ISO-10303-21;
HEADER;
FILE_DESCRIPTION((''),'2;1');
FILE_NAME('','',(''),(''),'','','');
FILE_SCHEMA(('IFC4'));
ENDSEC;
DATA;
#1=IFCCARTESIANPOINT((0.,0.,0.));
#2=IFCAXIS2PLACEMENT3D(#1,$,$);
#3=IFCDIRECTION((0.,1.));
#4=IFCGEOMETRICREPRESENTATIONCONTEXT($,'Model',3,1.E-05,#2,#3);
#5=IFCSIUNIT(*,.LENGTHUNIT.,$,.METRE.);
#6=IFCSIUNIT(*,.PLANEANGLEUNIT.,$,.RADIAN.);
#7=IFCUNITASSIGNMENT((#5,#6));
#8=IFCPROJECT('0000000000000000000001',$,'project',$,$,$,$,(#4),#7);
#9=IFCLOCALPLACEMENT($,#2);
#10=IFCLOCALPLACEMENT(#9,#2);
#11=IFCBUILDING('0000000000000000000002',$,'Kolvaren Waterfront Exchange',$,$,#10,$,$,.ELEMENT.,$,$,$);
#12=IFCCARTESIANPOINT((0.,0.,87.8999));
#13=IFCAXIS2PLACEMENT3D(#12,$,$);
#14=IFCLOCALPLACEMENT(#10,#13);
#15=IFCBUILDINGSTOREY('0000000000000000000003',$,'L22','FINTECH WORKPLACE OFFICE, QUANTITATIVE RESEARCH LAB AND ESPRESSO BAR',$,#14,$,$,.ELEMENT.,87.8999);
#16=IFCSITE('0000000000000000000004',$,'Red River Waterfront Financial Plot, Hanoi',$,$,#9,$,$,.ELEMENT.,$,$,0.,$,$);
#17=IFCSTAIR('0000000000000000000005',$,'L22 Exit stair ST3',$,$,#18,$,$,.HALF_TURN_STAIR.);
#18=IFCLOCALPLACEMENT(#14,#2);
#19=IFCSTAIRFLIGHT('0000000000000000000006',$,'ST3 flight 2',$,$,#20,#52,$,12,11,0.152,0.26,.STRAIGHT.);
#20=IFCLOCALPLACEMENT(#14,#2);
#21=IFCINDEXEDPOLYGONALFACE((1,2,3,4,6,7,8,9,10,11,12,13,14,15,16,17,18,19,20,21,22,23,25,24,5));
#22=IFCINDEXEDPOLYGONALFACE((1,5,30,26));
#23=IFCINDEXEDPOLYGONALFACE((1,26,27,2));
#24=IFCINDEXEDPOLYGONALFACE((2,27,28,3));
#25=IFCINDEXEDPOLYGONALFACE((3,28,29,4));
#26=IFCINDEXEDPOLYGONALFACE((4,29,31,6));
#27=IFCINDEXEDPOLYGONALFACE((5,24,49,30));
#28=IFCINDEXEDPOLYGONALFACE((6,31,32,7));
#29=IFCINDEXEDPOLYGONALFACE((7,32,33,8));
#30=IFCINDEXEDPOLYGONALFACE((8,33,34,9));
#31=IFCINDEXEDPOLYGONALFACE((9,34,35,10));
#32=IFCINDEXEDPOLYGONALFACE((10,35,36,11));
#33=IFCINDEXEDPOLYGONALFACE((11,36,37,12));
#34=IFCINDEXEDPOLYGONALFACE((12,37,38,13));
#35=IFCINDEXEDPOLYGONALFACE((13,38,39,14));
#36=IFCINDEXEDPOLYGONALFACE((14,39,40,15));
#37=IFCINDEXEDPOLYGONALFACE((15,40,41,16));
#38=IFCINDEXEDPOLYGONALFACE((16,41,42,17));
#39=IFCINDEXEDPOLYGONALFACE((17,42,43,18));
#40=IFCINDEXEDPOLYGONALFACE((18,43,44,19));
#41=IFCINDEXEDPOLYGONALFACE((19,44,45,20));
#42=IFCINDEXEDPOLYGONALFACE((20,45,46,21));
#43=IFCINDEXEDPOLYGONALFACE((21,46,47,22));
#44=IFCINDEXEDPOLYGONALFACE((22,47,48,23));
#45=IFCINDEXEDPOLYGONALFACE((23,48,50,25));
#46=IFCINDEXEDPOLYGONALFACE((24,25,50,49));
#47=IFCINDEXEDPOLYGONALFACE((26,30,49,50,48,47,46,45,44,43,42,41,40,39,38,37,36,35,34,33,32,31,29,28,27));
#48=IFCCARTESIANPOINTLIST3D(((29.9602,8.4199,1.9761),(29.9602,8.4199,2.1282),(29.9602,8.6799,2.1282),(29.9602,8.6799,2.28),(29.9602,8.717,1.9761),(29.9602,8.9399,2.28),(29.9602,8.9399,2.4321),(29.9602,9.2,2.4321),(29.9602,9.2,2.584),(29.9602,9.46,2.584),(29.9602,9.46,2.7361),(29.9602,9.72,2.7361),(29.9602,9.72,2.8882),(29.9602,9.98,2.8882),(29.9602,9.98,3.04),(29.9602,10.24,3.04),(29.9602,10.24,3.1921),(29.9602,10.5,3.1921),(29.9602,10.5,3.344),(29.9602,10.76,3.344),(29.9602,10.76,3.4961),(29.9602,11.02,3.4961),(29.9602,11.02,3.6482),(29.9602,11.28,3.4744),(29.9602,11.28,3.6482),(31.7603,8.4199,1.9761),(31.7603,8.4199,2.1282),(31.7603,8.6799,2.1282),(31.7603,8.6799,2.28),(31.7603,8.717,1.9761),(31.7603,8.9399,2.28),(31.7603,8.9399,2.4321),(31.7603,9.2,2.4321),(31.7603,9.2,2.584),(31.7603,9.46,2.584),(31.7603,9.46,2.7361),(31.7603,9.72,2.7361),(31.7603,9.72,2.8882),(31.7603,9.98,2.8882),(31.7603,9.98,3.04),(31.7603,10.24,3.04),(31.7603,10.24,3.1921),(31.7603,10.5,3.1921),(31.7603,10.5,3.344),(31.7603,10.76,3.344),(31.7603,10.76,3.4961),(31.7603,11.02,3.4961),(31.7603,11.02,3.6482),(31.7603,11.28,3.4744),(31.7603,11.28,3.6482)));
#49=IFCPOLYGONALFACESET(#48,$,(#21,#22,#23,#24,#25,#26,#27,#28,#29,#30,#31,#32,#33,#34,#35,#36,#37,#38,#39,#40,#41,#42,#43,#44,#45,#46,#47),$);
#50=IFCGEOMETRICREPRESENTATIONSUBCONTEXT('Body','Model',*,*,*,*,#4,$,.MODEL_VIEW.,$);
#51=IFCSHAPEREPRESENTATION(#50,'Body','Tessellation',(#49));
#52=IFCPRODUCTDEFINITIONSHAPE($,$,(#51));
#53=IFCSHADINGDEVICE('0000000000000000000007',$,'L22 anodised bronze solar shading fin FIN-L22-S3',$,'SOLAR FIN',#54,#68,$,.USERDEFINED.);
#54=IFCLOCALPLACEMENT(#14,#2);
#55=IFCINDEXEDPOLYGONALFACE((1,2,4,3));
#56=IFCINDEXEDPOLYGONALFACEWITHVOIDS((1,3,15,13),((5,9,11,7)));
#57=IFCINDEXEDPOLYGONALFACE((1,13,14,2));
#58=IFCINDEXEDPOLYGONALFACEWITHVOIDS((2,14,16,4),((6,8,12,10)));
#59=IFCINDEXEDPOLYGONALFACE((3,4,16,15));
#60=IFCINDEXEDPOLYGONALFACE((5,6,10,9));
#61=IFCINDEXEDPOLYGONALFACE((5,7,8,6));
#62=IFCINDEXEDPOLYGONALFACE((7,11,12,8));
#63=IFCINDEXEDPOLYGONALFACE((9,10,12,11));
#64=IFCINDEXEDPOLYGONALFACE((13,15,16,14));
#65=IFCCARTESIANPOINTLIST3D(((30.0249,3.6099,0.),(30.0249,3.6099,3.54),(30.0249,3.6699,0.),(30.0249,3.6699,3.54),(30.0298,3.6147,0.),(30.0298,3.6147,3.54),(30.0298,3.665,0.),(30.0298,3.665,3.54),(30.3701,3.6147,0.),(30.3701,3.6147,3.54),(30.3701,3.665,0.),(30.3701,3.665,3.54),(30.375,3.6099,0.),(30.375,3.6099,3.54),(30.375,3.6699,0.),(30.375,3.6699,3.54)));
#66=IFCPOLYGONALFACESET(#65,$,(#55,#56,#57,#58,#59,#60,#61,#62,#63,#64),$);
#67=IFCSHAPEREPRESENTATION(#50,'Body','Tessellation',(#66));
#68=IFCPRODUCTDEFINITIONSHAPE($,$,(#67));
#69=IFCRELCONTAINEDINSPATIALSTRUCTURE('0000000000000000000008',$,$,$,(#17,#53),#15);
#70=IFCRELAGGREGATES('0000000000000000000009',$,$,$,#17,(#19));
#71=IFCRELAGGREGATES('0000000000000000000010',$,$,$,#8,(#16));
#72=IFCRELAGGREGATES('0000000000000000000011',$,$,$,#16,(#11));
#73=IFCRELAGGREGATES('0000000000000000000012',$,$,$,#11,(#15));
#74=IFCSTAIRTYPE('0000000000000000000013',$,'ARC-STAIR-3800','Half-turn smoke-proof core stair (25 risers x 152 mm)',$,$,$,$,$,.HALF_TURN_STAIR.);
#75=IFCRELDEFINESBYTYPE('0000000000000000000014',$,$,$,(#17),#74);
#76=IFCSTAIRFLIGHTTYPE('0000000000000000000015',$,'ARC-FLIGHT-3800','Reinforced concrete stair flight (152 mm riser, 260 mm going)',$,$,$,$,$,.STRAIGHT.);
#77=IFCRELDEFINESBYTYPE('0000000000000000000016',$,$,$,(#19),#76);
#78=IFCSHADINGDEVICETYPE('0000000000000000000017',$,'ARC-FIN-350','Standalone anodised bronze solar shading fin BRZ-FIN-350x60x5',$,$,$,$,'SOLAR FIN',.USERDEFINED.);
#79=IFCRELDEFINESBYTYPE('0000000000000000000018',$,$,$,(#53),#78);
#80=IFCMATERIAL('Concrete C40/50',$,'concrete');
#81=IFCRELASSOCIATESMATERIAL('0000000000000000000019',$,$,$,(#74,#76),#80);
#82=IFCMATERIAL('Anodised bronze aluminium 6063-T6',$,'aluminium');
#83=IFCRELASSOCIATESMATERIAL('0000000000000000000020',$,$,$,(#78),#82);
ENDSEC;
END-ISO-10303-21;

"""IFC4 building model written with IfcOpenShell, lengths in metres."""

from ifc_helpers import new_model, si_unit, direction, frame, origin, origin_2d, place, context, subcontext, project, spatial, polyline, hollow_rectangle, outline, extrude, material, material_profile, profile_set, type_object, element, aggregate, save


model = new_model("IFC4")

# Units and contexts
model_context = context("Model", 3, precision=1e-05, world=origin(), true_north=direction((0.0, 1.0)))
body_context = subcontext(model_context, "Body", "Model", "MODEL_VIEW")
ifc_project = project(units=[si_unit("LENGTHUNIT", "METRE"), si_unit("PLANEANGLEUNIT", "RADIAN")], contexts=[model_context])

# Site, building, storey
site_placement = place(None, origin())
site = spatial("IfcSite", under=ifc_project, at=site_placement, Name="Red River Waterfront Financial Plot, Hanoi", CompositionType="ELEMENT", RefElevation=0.0)
building_placement = place(site_placement, origin())
building = spatial("IfcBuilding", under=site, at=building_placement, Name="Kolvaren Waterfront Exchange", CompositionType="ELEMENT")
storey_placement = place(building_placement, frame((0.0, 0.0, 87.8999)))
storey = spatial("IfcBuildingStorey", under=building, at=storey_placement, Name="L22", Description="FINTECH WORKPLACE OFFICE, QUANTITATIVE RESEARCH LAB AND ESPRESSO BAR", CompositionType="ELEMENT", Elevation=87.8999)

# Shared definitions
ifc_material_1 = material(Name="Anodised bronze aluminium 6063-T6", Category="aluminium")

# Shared definitions
ifc_material_2 = material(Name="Concrete C40/50", Category="concrete")

# Stair, stair flight
stair_type = type_object("IfcStairType", Name="ARC-STAIR-3800", Description="Half-turn smoke-proof core stair (25 risers x 152 mm)", PredefinedType="HALF_TURN_STAIR", material=ifc_material_2)
stair_placement = place(storey_placement, origin())
stair = element("IfcStair", 1, at=stair_placement, inside=storey, type_object=stair_type, Name="L22 Exit stair ST3", PredefinedType="HALF_TURN_STAIR")
stair_flight_type = type_object("IfcStairFlightType", Name="ARC-FLIGHT-3800", Description="Reinforced concrete stair flight (152 mm riser, 260 mm going)", PredefinedType="STRAIGHT", material=ifc_material_2)
stair_flight_1_placement = place(storey_placement, frame((30.8601, 8.4199, 1.9761), z_axis=(0.0, 0.0, 1.0), x_axis=(0.0, 1.0, 0.0)))
stair_flight_1 = element("IfcStairFlight", 2, at=stair_flight_1_placement, type_object=stair_flight_type, Name="ST3 flight 2", NumberOfRisers=12, NumberOfTreads=11, PredefinedType="STRAIGHT", RiserHeight=0.152, TreadLength=0.26, context=body_context, shape_type="SweptSolid", body=[
    extrude(outline(polyline([(0.0, 0.0), (0.0, 0.1521), (0.26, 0.1521), (0.26, 0.304), (0.52, 0.304), (0.52, 0.4561), (0.78, 0.4561), (0.78, 0.6079), (1.04, 0.6079), (1.04, 0.76), (1.3, 0.76), (1.3, 0.9121), (1.5601, 0.9121), (1.5601, 1.064), (1.8201, 1.064), (1.8201, 1.2161), (2.0801, 1.2161), (2.0801, 1.3679), (2.3401, 1.3679), (2.3401, 1.52), (2.6001, 1.52), (2.6001, 1.6721), (2.8601, 1.6721), (2.8601, 1.824), (2.8601, 1.4983), (0.2971, 0.0), (0.0, 0.0)])), frame((0.0, 0.8999, 0.0), z_axis=(0.0, -1.0, 0.0), x_axis=(1.0, 0.0, 0.0)), (0.0, 0.0, 1.0), 1.8),
])
aggregate(stair, [stair_flight_1])

# Shading device
ifc_material_profile_1 = material_profile(ifc_material_1, hollow_rectangle(XDim=0.0601, YDim=0.3501, WallThickness=0.0049, at=origin_2d()), Name="BRZ-FIN-350x60x5")
ifc_profile_set_1 = profile_set([ifc_material_profile_1], Name="Anodised bronze aluminium 6063-T6")
shading_device_type = type_object("IfcShadingDeviceType", Name="ARC-FIN-350", Description="Standalone anodised bronze solar shading fin BRZ-FIN-350x60x5", ElementType="SOLAR FIN", PredefinedType="USERDEFINED", material=ifc_profile_set_1)
shading_device_placement = place(storey_placement, frame((30.2, 3.6399, 0.0), z_axis=(0.0, 0.0, 1.0), x_axis=(0.0, -1.0, 0.0)))
element("IfcShadingDevice", 3, at=shading_device_placement, inside=storey, type_object=shading_device_type, Name="L22 anodised bronze solar shading fin FIN-L22-S3", ObjectType="SOLAR FIN", PredefinedType="USERDEFINED", context=body_context, shape_type="SweptSolid", body=[
    extrude(hollow_rectangle(XDim=0.0601, YDim=0.3501, WallThickness=0.0049, at=origin_2d()), origin(), (0.0, 0.0, 1.0), 3.54),
])

save(model, "model.ifc")
